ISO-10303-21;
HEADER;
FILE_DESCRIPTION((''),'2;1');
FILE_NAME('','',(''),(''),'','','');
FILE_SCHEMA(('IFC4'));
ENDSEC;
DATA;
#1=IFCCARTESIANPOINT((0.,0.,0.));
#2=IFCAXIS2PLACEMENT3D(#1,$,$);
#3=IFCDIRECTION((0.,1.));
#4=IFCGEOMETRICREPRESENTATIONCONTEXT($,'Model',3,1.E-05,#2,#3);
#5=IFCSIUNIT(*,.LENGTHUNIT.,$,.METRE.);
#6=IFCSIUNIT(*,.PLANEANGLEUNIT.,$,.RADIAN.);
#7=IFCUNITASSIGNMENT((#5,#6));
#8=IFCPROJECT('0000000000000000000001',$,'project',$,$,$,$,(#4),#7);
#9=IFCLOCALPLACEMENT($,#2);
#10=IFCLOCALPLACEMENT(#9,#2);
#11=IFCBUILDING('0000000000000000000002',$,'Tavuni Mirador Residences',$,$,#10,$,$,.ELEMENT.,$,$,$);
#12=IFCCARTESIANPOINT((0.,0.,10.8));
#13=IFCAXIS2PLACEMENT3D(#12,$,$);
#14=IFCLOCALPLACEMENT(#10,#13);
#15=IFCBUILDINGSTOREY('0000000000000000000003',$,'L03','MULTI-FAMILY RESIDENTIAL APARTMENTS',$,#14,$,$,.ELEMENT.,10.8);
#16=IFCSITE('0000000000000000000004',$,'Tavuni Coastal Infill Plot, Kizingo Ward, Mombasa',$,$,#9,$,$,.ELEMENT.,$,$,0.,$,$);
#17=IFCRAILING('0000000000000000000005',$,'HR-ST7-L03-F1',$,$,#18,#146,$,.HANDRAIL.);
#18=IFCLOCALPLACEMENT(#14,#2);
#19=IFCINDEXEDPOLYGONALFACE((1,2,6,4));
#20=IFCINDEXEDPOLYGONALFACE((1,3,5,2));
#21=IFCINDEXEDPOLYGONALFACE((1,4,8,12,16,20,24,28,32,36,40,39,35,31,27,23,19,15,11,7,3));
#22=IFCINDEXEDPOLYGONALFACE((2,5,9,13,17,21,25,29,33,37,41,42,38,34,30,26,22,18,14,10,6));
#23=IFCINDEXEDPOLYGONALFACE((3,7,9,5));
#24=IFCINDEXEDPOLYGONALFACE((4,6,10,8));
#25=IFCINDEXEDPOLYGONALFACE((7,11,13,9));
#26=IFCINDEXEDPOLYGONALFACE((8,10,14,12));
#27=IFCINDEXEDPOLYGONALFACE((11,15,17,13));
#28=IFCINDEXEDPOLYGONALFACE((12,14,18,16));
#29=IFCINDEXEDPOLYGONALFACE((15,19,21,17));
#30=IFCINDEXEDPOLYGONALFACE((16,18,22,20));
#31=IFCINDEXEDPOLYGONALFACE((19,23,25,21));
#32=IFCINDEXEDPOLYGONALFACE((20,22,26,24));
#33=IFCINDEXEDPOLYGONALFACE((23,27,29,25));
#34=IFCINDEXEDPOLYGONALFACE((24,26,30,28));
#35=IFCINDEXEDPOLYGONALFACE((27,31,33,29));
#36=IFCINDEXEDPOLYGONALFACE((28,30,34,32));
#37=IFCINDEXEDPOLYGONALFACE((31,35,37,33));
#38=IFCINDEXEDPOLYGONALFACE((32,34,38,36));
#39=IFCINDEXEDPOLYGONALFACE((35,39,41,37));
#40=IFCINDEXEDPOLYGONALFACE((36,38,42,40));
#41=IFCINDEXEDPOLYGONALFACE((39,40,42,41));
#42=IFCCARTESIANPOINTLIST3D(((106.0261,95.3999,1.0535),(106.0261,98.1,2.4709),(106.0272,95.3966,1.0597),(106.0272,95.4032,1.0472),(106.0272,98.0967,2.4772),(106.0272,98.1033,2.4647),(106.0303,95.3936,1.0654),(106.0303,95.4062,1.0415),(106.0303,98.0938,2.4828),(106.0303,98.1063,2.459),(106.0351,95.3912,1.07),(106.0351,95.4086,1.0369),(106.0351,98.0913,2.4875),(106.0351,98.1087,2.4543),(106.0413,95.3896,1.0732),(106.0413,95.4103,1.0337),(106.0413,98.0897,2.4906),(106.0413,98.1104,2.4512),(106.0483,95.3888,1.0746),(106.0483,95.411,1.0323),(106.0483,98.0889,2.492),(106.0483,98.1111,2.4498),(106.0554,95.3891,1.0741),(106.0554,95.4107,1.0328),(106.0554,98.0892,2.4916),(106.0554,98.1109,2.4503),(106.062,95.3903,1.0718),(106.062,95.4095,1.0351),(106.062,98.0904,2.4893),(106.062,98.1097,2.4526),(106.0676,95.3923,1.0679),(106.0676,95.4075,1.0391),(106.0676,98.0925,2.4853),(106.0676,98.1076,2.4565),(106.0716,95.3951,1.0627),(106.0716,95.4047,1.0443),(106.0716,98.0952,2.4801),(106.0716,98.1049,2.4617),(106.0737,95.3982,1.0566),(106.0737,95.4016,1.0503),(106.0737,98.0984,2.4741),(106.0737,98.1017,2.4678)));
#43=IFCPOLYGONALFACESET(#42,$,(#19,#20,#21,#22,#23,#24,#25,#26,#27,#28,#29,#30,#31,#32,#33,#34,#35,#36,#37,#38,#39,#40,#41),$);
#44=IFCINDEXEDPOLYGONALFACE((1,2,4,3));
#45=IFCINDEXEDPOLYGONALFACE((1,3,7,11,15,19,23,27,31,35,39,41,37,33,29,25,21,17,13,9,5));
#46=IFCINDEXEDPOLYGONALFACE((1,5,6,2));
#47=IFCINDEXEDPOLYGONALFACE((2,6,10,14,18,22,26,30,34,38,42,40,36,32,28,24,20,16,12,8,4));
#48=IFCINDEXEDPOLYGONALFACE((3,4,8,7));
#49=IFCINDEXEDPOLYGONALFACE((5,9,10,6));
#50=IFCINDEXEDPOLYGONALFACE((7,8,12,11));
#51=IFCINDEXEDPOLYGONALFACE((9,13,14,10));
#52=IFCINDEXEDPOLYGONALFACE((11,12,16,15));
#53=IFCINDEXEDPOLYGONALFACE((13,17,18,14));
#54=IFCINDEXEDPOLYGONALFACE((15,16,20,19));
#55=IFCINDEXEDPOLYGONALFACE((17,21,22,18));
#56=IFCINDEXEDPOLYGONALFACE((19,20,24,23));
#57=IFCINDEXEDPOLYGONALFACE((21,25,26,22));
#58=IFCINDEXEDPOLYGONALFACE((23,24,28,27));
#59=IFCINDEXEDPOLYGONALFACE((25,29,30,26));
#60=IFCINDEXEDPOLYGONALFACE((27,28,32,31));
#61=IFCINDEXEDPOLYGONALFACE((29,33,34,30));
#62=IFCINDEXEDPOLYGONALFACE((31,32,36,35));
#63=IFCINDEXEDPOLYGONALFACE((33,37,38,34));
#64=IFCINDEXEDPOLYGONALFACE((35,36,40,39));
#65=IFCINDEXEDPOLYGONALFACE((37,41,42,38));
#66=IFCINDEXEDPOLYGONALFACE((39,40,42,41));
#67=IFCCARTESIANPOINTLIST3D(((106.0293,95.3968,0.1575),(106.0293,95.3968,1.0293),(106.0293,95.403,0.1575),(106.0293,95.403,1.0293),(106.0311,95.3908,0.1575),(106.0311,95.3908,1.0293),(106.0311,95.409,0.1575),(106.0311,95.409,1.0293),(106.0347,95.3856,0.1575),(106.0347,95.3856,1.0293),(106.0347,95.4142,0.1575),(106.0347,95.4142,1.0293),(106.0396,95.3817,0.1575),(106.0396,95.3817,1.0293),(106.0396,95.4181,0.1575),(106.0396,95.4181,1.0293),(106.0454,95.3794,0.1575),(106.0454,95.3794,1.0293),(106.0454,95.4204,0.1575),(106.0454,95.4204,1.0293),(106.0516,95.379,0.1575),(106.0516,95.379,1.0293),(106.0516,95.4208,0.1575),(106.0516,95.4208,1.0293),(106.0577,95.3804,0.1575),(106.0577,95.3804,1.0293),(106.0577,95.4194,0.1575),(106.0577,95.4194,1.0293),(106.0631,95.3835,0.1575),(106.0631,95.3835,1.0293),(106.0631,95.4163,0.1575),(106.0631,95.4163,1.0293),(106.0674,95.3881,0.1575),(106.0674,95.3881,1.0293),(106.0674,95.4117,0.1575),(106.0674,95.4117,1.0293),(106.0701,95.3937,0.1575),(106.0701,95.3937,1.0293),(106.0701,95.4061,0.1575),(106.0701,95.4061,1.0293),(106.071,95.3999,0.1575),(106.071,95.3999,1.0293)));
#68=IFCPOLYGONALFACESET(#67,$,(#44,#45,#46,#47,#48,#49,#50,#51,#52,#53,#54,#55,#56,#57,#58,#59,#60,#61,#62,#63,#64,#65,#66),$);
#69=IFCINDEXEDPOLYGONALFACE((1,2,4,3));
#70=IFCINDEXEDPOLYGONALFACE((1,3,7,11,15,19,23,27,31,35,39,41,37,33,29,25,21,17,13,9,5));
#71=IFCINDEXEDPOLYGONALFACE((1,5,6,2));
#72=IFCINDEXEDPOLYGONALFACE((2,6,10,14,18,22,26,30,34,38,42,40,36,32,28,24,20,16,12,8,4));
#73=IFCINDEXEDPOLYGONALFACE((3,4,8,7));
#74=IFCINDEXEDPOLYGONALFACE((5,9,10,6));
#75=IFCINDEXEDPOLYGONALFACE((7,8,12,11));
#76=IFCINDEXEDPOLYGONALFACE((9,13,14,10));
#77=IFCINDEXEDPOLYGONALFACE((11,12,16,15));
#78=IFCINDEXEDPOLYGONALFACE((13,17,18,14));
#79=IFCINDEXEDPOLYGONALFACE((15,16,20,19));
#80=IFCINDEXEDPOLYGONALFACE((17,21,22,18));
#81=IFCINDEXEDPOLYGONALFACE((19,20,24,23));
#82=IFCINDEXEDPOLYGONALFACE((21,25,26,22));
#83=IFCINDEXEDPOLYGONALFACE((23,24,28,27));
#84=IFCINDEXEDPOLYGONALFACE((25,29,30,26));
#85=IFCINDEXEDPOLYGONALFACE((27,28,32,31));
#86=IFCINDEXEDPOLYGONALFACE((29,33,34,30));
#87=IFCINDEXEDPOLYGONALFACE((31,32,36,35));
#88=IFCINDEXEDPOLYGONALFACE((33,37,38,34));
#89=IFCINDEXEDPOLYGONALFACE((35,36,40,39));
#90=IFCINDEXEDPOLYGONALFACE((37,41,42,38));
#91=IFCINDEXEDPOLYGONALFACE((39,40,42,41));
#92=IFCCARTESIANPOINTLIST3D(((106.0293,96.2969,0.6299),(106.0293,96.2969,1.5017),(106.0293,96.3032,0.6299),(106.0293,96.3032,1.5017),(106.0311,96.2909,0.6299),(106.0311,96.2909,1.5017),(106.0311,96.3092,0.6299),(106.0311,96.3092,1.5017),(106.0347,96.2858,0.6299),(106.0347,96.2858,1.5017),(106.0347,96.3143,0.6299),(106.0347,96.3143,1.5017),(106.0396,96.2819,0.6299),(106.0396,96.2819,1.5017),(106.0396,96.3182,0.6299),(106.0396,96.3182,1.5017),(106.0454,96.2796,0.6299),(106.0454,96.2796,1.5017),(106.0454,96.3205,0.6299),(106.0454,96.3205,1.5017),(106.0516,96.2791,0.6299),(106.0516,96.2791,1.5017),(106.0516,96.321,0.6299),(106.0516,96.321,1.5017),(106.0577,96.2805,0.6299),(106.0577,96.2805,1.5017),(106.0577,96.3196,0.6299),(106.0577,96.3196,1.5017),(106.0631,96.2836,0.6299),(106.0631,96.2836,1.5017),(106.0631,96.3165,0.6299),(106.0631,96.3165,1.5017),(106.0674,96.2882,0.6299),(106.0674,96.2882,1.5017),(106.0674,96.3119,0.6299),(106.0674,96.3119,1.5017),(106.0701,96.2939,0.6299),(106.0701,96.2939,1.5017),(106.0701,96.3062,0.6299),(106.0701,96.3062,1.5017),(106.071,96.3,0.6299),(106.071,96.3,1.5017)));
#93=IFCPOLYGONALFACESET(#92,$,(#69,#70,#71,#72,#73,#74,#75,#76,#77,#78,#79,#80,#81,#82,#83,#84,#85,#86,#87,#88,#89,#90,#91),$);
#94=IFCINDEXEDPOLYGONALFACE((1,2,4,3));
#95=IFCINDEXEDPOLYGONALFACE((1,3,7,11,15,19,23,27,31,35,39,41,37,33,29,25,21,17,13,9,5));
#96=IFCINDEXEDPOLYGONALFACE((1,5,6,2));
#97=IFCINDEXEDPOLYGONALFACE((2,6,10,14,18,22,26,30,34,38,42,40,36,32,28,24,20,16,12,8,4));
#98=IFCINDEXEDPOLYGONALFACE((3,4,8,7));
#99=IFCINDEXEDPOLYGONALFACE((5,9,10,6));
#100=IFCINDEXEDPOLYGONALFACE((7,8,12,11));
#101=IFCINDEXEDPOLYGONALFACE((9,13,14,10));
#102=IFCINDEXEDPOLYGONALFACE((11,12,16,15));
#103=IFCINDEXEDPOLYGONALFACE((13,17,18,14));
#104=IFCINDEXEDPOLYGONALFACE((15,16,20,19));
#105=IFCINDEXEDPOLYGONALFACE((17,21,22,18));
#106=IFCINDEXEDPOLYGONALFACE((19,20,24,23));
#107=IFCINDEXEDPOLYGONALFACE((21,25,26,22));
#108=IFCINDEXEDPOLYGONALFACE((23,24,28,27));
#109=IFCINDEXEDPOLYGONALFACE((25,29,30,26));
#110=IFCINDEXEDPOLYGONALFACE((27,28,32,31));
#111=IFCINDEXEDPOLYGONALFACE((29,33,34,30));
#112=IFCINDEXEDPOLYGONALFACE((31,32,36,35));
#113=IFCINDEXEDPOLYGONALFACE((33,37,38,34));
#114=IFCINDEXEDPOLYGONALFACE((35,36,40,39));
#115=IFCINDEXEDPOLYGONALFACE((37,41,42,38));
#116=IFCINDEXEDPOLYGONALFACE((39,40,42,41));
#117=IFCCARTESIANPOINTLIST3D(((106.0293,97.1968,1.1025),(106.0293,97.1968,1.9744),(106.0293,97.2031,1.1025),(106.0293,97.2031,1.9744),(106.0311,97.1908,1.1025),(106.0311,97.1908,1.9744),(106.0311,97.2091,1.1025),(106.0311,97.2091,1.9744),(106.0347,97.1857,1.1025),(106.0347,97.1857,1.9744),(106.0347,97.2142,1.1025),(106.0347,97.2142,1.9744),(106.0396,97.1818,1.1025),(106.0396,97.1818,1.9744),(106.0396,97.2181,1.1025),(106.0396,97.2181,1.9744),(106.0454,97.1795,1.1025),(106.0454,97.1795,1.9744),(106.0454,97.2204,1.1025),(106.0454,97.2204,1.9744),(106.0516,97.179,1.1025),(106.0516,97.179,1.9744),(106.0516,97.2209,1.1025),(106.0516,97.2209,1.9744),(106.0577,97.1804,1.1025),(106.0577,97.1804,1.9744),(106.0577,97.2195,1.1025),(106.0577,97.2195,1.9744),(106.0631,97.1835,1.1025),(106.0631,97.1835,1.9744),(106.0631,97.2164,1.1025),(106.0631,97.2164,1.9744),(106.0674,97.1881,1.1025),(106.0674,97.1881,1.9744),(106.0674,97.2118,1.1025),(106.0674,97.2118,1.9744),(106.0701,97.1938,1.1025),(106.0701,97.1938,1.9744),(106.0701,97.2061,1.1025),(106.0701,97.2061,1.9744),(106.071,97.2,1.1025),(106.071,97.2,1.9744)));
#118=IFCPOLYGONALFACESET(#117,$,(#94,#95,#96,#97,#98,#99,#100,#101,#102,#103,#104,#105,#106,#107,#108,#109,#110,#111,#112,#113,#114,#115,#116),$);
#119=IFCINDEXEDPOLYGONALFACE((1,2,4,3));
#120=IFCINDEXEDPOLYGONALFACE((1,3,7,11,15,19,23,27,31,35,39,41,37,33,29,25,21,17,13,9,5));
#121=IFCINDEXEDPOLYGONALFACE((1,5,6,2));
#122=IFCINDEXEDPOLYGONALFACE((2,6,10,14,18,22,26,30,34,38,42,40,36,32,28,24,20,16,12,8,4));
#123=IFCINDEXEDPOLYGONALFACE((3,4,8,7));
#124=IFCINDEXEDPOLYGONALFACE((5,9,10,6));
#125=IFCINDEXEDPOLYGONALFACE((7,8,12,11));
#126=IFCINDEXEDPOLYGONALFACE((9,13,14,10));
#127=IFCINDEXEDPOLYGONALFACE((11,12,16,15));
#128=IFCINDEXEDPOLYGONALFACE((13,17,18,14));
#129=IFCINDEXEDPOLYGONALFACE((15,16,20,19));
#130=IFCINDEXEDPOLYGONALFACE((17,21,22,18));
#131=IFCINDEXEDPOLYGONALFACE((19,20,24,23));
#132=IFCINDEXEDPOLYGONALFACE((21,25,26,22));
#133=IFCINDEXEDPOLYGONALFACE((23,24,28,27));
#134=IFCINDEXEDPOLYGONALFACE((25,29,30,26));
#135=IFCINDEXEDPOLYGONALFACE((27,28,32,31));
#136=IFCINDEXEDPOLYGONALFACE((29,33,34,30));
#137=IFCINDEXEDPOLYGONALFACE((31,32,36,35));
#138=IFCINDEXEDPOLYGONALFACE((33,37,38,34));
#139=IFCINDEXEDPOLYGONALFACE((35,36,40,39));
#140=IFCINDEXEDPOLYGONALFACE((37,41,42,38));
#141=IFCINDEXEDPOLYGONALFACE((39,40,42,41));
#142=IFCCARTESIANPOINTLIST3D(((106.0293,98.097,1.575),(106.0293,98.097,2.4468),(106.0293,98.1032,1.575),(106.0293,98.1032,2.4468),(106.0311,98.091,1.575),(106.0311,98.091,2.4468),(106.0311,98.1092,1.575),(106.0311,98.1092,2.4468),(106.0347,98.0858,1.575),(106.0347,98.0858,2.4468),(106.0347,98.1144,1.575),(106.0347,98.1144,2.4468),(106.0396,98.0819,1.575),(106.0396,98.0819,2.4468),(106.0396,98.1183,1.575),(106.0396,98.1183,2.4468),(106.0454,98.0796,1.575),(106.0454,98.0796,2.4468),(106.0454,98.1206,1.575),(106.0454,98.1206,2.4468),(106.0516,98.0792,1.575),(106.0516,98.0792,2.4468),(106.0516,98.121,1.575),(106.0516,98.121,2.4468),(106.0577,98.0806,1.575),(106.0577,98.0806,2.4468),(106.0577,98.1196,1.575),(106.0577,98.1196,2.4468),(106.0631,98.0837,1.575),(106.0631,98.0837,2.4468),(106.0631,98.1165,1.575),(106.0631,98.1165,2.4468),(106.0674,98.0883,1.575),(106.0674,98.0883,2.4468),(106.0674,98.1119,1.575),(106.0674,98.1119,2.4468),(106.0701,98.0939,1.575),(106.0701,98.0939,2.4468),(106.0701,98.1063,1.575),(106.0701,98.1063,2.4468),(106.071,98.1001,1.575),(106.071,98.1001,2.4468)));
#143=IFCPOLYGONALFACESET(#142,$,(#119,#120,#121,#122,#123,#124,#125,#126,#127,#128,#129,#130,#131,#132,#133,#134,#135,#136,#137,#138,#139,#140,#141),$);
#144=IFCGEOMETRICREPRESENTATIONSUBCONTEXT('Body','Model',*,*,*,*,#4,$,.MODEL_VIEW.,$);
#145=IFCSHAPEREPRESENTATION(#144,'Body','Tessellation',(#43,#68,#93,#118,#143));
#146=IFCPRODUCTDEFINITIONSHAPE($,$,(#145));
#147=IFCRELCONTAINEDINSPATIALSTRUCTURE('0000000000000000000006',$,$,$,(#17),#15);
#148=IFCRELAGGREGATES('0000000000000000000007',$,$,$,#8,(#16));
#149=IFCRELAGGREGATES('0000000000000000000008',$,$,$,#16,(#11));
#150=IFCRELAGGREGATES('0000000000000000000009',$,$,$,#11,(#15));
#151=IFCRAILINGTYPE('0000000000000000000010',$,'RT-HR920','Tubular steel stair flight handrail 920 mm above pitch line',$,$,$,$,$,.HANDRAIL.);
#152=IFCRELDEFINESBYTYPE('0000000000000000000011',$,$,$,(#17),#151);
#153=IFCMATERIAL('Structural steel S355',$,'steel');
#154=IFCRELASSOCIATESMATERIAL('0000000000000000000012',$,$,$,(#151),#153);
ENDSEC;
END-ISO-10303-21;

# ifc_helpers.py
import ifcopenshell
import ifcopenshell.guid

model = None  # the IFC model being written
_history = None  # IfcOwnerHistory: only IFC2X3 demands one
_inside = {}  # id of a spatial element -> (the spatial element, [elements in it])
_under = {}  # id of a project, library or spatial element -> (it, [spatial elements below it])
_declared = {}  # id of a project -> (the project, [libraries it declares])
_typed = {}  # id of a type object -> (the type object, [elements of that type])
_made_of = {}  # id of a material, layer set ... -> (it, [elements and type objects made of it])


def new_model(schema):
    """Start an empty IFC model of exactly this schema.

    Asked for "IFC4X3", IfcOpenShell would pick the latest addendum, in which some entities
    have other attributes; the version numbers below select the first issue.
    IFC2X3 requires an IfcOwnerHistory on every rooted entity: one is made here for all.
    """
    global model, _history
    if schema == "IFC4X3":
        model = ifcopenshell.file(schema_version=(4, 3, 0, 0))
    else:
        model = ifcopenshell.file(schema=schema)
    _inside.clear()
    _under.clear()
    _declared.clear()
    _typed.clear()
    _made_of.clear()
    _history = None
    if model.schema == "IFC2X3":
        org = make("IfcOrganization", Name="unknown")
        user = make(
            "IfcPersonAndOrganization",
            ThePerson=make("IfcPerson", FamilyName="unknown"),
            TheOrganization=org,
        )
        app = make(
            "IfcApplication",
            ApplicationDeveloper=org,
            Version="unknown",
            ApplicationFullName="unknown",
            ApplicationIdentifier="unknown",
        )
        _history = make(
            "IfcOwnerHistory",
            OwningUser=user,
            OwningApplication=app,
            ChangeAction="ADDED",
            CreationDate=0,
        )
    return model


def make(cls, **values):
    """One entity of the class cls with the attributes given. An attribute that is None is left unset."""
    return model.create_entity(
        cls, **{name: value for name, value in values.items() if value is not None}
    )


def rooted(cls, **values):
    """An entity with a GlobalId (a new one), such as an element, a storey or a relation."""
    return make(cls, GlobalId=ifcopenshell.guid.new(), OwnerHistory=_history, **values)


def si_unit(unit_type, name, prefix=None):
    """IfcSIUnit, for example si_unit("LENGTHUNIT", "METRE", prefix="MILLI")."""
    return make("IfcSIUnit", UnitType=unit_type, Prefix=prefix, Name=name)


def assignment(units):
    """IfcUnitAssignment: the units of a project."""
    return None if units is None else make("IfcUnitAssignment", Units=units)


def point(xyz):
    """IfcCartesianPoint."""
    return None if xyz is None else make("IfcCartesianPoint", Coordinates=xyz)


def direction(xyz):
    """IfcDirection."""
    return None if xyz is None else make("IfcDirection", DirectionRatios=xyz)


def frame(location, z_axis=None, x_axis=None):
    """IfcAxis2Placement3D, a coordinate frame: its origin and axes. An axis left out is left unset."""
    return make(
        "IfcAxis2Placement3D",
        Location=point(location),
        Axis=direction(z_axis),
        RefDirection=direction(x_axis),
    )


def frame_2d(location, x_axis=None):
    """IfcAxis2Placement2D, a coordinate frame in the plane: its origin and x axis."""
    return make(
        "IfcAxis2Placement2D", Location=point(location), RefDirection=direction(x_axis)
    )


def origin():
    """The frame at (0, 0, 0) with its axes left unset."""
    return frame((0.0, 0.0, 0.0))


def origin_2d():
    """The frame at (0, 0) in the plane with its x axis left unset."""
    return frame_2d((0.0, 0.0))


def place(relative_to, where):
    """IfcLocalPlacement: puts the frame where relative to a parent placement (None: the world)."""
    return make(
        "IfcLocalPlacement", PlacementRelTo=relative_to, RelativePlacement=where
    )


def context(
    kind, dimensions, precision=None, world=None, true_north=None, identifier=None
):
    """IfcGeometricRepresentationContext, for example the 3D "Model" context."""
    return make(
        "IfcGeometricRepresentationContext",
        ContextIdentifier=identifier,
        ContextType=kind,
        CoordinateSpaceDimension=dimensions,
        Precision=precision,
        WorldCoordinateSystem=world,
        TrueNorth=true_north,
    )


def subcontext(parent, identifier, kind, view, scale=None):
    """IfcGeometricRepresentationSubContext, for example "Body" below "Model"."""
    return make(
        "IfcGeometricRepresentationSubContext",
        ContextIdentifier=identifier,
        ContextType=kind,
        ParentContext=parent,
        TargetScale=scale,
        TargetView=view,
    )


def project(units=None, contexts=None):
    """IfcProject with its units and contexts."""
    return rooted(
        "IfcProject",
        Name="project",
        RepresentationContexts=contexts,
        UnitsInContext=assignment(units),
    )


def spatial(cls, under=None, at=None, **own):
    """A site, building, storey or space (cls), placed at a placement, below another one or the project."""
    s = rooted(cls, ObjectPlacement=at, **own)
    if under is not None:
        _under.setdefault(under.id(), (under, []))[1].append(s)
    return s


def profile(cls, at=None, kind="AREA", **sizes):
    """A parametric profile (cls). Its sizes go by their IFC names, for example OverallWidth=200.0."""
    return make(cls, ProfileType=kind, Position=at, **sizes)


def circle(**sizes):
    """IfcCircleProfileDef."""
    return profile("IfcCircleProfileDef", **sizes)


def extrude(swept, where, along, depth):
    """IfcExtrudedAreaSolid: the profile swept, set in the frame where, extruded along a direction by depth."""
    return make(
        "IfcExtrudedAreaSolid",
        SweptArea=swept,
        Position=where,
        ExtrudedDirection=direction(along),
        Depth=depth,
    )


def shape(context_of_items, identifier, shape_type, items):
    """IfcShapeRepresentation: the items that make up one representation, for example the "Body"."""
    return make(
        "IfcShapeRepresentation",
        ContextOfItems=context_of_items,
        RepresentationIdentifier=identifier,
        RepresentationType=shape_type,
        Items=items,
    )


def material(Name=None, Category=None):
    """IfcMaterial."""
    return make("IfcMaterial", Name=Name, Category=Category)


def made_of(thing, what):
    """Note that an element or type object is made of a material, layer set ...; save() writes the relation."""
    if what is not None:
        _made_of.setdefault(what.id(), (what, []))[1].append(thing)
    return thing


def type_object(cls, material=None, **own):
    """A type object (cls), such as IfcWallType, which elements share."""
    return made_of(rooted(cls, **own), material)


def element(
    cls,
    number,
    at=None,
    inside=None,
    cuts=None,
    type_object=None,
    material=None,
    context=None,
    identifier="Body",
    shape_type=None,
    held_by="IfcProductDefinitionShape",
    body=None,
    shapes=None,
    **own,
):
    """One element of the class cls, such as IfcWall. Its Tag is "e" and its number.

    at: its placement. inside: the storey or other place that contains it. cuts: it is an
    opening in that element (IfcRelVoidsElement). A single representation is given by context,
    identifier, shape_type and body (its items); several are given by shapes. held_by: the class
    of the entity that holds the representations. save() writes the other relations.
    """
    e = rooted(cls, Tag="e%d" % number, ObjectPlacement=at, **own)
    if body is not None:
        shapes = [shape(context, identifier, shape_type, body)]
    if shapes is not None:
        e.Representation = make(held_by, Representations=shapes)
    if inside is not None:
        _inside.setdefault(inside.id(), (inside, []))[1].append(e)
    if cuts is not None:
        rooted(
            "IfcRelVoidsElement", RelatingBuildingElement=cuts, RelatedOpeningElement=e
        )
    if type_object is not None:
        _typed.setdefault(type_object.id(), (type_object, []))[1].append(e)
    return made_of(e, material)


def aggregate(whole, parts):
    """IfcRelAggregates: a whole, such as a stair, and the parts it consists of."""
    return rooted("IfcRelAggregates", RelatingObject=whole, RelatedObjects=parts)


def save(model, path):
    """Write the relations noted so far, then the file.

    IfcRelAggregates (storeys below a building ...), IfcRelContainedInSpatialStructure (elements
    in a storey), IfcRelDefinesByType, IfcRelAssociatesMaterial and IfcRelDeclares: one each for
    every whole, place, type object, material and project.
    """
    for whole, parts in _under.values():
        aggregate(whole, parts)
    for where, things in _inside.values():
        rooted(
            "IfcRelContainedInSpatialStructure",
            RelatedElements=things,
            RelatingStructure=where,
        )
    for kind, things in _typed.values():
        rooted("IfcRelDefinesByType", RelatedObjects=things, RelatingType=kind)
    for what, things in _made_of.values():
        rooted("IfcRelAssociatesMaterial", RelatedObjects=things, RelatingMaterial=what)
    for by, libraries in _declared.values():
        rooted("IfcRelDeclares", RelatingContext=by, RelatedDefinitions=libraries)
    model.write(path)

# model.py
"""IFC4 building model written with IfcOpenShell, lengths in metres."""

from ifc_helpers import new_model, si_unit, direction, frame, origin, origin_2d, place, context, subcontext, project, spatial, circle, extrude, material, type_object, element, save


model = new_model("IFC4")

# Units and contexts
model_context = context("Model", 3, precision=1e-05, world=origin(), true_north=direction((0.0, 1.0)))
body_context = subcontext(model_context, "Body", "Model", "MODEL_VIEW")
ifc_project = project(units=[si_unit("LENGTHUNIT", "METRE"), si_unit("PLANEANGLEUNIT", "RADIAN")], contexts=[model_context])

# Site, building, storey
site_placement = place(None, origin())
site = spatial("IfcSite", under=ifc_project, at=site_placement, Name="Tavuni Coastal Infill Plot, Kizingo Ward, Mombasa", CompositionType="ELEMENT", RefElevation=0.0)
building_placement = place(site_placement, origin())
building = spatial("IfcBuilding", under=site, at=building_placement, Name="Tavuni Mirador Residences", CompositionType="ELEMENT")
storey_placement = place(building_placement, frame((0.0, 0.0, 10.8)))
storey = spatial("IfcBuildingStorey", under=building, at=storey_placement, Name="L03", Description="MULTI-FAMILY RESIDENTIAL APARTMENTS", CompositionType="ELEMENT", Elevation=10.8)

# Railing
ifc_material_1 = material(Name="Structural steel S355", Category="steel")
railing_type = type_object("IfcRailingType", Name="RT-HR920", Description="Tubular steel stair flight handrail 920 mm above pitch line", PredefinedType="HANDRAIL", material=ifc_material_1)
railing_placement = place(storey_placement, frame((106.05, 95.3999, 0.1575)))
element("IfcRailing", 1, at=railing_placement, inside=storey, type_object=railing_type, Name="HR-ST7-L03-F1", PredefinedType="HANDRAIL", context=body_context, shape_type="SweptSolid", body=[
    extrude(circle(Radius=0.0239, at=origin_2d()), frame((0.0, 0.0, 0.896), z_axis=(0.0, 0.885414, 0.464803), x_axis=(-1.0, 0.0, 0.0)), (0.0, 0.0, 1.0), 3.0496),
    extrude(circle(Radius=0.021, at=origin_2d()), origin(), (0.0, 0.0, 1.0), 0.8718),
    extrude(circle(Radius=0.021, at=origin_2d()), frame((0.0, 0.9001, 0.4724)), (0.0, 0.0, 1.0), 0.8718),
    extrude(circle(Radius=0.021, at=origin_2d()), frame((0.0, 1.8, 0.9451)), (0.0, 0.0, 1.0), 0.8718),
    extrude(circle(Radius=0.021, at=origin_2d()), frame((0.0, 2.7002, 1.4175)), (0.0, 0.0, 1.0), 0.8718),
])

save(model, "model.ifc")
